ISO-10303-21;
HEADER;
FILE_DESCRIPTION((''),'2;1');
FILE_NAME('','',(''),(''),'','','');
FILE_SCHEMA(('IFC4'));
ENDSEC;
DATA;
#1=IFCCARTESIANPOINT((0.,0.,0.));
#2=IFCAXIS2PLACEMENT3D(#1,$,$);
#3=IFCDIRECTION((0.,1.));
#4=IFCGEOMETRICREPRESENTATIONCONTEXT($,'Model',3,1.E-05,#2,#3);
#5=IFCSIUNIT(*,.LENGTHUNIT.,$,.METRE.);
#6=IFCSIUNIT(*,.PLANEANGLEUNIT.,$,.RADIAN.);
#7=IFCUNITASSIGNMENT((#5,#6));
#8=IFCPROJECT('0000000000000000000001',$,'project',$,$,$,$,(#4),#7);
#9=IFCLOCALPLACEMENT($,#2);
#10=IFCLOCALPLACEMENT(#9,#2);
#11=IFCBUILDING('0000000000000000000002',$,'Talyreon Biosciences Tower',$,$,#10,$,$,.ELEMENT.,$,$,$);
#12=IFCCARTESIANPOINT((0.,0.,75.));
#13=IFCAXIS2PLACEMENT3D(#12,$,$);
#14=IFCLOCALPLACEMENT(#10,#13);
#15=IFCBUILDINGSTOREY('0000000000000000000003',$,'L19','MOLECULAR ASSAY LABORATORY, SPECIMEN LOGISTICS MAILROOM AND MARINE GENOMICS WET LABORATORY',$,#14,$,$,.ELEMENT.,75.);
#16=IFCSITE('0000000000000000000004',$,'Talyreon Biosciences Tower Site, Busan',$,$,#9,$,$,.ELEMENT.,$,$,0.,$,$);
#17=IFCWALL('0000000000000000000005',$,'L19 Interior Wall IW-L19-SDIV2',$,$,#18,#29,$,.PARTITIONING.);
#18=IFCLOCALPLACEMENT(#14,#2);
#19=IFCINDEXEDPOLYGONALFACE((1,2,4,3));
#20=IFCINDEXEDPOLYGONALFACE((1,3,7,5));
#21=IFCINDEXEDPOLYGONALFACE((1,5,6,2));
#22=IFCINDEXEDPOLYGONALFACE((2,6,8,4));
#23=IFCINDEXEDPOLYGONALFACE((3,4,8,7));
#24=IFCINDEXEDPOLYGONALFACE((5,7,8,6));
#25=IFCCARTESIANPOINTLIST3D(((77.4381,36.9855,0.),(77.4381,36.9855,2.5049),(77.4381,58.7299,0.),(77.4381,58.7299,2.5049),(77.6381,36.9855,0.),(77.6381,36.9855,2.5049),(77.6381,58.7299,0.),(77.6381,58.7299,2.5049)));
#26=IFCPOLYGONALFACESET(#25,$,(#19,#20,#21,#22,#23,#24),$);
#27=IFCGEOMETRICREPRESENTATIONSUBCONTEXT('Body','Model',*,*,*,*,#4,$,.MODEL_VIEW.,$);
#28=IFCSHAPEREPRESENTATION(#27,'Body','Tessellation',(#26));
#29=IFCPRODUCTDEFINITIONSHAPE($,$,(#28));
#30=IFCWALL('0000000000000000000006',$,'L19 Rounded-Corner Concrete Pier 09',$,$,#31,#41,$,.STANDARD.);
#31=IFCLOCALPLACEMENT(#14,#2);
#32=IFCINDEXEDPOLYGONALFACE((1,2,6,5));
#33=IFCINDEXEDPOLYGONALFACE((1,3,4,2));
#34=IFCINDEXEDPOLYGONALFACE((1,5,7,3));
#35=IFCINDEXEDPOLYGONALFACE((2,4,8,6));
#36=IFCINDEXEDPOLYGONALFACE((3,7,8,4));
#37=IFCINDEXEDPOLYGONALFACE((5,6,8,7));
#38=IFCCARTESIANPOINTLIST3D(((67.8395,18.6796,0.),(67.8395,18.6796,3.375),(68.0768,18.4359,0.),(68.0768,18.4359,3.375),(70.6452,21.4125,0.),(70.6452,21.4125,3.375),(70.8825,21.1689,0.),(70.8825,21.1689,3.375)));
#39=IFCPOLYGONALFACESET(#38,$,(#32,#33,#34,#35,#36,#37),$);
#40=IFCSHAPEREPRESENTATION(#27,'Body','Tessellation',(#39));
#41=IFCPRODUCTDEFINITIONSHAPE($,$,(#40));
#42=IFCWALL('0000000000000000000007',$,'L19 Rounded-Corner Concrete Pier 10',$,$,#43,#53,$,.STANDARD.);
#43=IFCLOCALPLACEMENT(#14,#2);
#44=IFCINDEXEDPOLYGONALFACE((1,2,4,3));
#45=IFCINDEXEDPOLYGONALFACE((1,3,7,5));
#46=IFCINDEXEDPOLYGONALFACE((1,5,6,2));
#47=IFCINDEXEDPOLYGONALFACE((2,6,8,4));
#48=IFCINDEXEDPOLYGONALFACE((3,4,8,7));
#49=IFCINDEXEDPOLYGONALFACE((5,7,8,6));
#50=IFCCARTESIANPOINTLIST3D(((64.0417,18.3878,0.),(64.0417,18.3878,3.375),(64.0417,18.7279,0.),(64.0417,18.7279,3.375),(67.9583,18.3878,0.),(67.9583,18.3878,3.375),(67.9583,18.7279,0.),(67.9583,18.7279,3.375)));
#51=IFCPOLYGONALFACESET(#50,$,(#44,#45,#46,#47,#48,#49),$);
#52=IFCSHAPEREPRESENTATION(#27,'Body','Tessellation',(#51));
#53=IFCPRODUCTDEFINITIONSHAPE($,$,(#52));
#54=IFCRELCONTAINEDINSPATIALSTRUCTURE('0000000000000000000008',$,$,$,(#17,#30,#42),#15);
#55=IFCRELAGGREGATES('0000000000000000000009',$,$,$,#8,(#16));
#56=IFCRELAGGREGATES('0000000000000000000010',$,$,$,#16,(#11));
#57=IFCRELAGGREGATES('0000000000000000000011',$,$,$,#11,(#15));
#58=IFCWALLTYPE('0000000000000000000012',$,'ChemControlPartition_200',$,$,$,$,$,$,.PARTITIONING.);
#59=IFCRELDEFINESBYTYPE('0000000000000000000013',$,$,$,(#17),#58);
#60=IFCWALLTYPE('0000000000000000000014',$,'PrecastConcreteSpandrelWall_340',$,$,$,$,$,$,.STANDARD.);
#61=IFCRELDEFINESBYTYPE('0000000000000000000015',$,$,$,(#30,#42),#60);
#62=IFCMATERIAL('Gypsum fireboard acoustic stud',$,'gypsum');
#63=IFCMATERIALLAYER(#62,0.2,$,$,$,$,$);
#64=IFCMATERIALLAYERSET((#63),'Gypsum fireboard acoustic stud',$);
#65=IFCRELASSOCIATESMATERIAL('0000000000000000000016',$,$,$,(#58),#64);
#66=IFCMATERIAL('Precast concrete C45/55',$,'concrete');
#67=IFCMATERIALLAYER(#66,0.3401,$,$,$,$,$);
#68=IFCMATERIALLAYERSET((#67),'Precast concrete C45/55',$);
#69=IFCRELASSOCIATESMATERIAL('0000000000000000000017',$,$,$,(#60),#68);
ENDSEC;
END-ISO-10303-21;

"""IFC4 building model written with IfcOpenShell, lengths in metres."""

from ifc_helpers import new_model, si_unit, direction, frame, frame_2d, origin, place, context, subcontext, project, spatial, rectangle, extrude, material, layer, layer_set, type_object, element, save


model = new_model("IFC4")

# Units and contexts
model_context = context("Model", 3, precision=1e-05, world=origin(), true_north=direction((0.0, 1.0)))
body_context = subcontext(model_context, "Body", "Model", "MODEL_VIEW")
ifc_project = project(units=[si_unit("LENGTHUNIT", "METRE"), si_unit("PLANEANGLEUNIT", "RADIAN")], contexts=[model_context])

# Site, building, storey
site_placement = place(None, origin())
site = spatial("IfcSite", under=ifc_project, at=site_placement, Name="Talyreon Biosciences Tower Site, Busan", CompositionType="ELEMENT", RefElevation=0.0)
building_placement = place(site_placement, origin())
building = spatial("IfcBuilding", under=site, at=building_placement, Name="Talyreon Biosciences Tower", CompositionType="ELEMENT")
storey_placement = place(building_placement, frame((0.0, 0.0, 75.0)))
storey = spatial("IfcBuildingStorey", under=building, at=storey_placement, Name="L19", Description="MOLECULAR ASSAY LABORATORY, SPECIMEN LOGISTICS MAILROOM AND MARINE GENOMICS WET LABORATORY", CompositionType="ELEMENT", Elevation=75.0)

# Shared definitions
ifc_material_1 = material(Name="Precast concrete C45/55", Category="concrete")

# Walls
ifc_material_2 = material(Name="Gypsum fireboard acoustic stud", Category="gypsum")
ifc_layer_1 = layer(ifc_material_2, 0.2)
ifc_layer_set_1 = layer_set([ifc_layer_1], Name="Gypsum fireboard acoustic stud")
wall_type_1 = type_object("IfcWallType", Name="ChemControlPartition_200", PredefinedType="PARTITIONING", material=ifc_layer_set_1)
wall_1_placement = place(storey_placement, frame((77.5381, 36.9856, 0.0), z_axis=(0.0, 0.0, 1.0), x_axis=(0.0, 1.0, 0.0)))
element("IfcWall", 1, at=wall_1_placement, inside=storey, type_object=wall_type_1, Name="L19 Interior Wall IW-L19-SDIV2", PredefinedType="PARTITIONING", context=body_context, shape_type="SweptSolid", body=[
    extrude(rectangle(XDim=21.7444, YDim=0.2, at=frame_2d((10.8721, 0.0))), origin(), (0.0, 0.0, 1.0), 2.5049),
])
ifc_layer_2 = layer(ifc_material_1, 0.3401)
ifc_layer_set_2 = layer_set([ifc_layer_2], Name="Precast concrete C45/55")
wall_type_2 = type_object("IfcWallType", Name="PrecastConcreteSpandrelWall_340", PredefinedType="STANDARD", material=ifc_layer_set_2)
wall_2_placement = place(storey_placement, frame((70.7639, 21.2908, 0.0), z_axis=(0.0, 0.0, 1.0), x_axis=(-0.716333, -0.697758, 0.0)))
element("IfcWall", 2, at=wall_2_placement, inside=storey, type_object=wall_type_2, Name="L19 Rounded-Corner Concrete Pier 09", PredefinedType="STANDARD", context=body_context, shape_type="SweptSolid", body=[
    extrude(rectangle(XDim=3.9167, YDim=0.3401, at=frame_2d((1.9585, 0.0))), origin(), (0.0, 0.0, 1.0), 3.375),
])
wall_3_placement = place(storey_placement, frame((67.9583, 18.5579, 0.0), z_axis=(0.0, 0.0, 1.0), x_axis=(-1.0, 0.0, 0.0)))
element("IfcWall", 3, at=wall_3_placement, inside=storey, type_object=wall_type_2, Name="L19 Rounded-Corner Concrete Pier 10", PredefinedType="STANDARD", context=body_context, shape_type="SweptSolid", body=[
    extrude(rectangle(XDim=3.9165, YDim=0.3401, at=frame_2d((1.9583, 0.0))), origin(), (0.0, 0.0, 1.0), 3.375),
])

save(model, "model.ifc")
